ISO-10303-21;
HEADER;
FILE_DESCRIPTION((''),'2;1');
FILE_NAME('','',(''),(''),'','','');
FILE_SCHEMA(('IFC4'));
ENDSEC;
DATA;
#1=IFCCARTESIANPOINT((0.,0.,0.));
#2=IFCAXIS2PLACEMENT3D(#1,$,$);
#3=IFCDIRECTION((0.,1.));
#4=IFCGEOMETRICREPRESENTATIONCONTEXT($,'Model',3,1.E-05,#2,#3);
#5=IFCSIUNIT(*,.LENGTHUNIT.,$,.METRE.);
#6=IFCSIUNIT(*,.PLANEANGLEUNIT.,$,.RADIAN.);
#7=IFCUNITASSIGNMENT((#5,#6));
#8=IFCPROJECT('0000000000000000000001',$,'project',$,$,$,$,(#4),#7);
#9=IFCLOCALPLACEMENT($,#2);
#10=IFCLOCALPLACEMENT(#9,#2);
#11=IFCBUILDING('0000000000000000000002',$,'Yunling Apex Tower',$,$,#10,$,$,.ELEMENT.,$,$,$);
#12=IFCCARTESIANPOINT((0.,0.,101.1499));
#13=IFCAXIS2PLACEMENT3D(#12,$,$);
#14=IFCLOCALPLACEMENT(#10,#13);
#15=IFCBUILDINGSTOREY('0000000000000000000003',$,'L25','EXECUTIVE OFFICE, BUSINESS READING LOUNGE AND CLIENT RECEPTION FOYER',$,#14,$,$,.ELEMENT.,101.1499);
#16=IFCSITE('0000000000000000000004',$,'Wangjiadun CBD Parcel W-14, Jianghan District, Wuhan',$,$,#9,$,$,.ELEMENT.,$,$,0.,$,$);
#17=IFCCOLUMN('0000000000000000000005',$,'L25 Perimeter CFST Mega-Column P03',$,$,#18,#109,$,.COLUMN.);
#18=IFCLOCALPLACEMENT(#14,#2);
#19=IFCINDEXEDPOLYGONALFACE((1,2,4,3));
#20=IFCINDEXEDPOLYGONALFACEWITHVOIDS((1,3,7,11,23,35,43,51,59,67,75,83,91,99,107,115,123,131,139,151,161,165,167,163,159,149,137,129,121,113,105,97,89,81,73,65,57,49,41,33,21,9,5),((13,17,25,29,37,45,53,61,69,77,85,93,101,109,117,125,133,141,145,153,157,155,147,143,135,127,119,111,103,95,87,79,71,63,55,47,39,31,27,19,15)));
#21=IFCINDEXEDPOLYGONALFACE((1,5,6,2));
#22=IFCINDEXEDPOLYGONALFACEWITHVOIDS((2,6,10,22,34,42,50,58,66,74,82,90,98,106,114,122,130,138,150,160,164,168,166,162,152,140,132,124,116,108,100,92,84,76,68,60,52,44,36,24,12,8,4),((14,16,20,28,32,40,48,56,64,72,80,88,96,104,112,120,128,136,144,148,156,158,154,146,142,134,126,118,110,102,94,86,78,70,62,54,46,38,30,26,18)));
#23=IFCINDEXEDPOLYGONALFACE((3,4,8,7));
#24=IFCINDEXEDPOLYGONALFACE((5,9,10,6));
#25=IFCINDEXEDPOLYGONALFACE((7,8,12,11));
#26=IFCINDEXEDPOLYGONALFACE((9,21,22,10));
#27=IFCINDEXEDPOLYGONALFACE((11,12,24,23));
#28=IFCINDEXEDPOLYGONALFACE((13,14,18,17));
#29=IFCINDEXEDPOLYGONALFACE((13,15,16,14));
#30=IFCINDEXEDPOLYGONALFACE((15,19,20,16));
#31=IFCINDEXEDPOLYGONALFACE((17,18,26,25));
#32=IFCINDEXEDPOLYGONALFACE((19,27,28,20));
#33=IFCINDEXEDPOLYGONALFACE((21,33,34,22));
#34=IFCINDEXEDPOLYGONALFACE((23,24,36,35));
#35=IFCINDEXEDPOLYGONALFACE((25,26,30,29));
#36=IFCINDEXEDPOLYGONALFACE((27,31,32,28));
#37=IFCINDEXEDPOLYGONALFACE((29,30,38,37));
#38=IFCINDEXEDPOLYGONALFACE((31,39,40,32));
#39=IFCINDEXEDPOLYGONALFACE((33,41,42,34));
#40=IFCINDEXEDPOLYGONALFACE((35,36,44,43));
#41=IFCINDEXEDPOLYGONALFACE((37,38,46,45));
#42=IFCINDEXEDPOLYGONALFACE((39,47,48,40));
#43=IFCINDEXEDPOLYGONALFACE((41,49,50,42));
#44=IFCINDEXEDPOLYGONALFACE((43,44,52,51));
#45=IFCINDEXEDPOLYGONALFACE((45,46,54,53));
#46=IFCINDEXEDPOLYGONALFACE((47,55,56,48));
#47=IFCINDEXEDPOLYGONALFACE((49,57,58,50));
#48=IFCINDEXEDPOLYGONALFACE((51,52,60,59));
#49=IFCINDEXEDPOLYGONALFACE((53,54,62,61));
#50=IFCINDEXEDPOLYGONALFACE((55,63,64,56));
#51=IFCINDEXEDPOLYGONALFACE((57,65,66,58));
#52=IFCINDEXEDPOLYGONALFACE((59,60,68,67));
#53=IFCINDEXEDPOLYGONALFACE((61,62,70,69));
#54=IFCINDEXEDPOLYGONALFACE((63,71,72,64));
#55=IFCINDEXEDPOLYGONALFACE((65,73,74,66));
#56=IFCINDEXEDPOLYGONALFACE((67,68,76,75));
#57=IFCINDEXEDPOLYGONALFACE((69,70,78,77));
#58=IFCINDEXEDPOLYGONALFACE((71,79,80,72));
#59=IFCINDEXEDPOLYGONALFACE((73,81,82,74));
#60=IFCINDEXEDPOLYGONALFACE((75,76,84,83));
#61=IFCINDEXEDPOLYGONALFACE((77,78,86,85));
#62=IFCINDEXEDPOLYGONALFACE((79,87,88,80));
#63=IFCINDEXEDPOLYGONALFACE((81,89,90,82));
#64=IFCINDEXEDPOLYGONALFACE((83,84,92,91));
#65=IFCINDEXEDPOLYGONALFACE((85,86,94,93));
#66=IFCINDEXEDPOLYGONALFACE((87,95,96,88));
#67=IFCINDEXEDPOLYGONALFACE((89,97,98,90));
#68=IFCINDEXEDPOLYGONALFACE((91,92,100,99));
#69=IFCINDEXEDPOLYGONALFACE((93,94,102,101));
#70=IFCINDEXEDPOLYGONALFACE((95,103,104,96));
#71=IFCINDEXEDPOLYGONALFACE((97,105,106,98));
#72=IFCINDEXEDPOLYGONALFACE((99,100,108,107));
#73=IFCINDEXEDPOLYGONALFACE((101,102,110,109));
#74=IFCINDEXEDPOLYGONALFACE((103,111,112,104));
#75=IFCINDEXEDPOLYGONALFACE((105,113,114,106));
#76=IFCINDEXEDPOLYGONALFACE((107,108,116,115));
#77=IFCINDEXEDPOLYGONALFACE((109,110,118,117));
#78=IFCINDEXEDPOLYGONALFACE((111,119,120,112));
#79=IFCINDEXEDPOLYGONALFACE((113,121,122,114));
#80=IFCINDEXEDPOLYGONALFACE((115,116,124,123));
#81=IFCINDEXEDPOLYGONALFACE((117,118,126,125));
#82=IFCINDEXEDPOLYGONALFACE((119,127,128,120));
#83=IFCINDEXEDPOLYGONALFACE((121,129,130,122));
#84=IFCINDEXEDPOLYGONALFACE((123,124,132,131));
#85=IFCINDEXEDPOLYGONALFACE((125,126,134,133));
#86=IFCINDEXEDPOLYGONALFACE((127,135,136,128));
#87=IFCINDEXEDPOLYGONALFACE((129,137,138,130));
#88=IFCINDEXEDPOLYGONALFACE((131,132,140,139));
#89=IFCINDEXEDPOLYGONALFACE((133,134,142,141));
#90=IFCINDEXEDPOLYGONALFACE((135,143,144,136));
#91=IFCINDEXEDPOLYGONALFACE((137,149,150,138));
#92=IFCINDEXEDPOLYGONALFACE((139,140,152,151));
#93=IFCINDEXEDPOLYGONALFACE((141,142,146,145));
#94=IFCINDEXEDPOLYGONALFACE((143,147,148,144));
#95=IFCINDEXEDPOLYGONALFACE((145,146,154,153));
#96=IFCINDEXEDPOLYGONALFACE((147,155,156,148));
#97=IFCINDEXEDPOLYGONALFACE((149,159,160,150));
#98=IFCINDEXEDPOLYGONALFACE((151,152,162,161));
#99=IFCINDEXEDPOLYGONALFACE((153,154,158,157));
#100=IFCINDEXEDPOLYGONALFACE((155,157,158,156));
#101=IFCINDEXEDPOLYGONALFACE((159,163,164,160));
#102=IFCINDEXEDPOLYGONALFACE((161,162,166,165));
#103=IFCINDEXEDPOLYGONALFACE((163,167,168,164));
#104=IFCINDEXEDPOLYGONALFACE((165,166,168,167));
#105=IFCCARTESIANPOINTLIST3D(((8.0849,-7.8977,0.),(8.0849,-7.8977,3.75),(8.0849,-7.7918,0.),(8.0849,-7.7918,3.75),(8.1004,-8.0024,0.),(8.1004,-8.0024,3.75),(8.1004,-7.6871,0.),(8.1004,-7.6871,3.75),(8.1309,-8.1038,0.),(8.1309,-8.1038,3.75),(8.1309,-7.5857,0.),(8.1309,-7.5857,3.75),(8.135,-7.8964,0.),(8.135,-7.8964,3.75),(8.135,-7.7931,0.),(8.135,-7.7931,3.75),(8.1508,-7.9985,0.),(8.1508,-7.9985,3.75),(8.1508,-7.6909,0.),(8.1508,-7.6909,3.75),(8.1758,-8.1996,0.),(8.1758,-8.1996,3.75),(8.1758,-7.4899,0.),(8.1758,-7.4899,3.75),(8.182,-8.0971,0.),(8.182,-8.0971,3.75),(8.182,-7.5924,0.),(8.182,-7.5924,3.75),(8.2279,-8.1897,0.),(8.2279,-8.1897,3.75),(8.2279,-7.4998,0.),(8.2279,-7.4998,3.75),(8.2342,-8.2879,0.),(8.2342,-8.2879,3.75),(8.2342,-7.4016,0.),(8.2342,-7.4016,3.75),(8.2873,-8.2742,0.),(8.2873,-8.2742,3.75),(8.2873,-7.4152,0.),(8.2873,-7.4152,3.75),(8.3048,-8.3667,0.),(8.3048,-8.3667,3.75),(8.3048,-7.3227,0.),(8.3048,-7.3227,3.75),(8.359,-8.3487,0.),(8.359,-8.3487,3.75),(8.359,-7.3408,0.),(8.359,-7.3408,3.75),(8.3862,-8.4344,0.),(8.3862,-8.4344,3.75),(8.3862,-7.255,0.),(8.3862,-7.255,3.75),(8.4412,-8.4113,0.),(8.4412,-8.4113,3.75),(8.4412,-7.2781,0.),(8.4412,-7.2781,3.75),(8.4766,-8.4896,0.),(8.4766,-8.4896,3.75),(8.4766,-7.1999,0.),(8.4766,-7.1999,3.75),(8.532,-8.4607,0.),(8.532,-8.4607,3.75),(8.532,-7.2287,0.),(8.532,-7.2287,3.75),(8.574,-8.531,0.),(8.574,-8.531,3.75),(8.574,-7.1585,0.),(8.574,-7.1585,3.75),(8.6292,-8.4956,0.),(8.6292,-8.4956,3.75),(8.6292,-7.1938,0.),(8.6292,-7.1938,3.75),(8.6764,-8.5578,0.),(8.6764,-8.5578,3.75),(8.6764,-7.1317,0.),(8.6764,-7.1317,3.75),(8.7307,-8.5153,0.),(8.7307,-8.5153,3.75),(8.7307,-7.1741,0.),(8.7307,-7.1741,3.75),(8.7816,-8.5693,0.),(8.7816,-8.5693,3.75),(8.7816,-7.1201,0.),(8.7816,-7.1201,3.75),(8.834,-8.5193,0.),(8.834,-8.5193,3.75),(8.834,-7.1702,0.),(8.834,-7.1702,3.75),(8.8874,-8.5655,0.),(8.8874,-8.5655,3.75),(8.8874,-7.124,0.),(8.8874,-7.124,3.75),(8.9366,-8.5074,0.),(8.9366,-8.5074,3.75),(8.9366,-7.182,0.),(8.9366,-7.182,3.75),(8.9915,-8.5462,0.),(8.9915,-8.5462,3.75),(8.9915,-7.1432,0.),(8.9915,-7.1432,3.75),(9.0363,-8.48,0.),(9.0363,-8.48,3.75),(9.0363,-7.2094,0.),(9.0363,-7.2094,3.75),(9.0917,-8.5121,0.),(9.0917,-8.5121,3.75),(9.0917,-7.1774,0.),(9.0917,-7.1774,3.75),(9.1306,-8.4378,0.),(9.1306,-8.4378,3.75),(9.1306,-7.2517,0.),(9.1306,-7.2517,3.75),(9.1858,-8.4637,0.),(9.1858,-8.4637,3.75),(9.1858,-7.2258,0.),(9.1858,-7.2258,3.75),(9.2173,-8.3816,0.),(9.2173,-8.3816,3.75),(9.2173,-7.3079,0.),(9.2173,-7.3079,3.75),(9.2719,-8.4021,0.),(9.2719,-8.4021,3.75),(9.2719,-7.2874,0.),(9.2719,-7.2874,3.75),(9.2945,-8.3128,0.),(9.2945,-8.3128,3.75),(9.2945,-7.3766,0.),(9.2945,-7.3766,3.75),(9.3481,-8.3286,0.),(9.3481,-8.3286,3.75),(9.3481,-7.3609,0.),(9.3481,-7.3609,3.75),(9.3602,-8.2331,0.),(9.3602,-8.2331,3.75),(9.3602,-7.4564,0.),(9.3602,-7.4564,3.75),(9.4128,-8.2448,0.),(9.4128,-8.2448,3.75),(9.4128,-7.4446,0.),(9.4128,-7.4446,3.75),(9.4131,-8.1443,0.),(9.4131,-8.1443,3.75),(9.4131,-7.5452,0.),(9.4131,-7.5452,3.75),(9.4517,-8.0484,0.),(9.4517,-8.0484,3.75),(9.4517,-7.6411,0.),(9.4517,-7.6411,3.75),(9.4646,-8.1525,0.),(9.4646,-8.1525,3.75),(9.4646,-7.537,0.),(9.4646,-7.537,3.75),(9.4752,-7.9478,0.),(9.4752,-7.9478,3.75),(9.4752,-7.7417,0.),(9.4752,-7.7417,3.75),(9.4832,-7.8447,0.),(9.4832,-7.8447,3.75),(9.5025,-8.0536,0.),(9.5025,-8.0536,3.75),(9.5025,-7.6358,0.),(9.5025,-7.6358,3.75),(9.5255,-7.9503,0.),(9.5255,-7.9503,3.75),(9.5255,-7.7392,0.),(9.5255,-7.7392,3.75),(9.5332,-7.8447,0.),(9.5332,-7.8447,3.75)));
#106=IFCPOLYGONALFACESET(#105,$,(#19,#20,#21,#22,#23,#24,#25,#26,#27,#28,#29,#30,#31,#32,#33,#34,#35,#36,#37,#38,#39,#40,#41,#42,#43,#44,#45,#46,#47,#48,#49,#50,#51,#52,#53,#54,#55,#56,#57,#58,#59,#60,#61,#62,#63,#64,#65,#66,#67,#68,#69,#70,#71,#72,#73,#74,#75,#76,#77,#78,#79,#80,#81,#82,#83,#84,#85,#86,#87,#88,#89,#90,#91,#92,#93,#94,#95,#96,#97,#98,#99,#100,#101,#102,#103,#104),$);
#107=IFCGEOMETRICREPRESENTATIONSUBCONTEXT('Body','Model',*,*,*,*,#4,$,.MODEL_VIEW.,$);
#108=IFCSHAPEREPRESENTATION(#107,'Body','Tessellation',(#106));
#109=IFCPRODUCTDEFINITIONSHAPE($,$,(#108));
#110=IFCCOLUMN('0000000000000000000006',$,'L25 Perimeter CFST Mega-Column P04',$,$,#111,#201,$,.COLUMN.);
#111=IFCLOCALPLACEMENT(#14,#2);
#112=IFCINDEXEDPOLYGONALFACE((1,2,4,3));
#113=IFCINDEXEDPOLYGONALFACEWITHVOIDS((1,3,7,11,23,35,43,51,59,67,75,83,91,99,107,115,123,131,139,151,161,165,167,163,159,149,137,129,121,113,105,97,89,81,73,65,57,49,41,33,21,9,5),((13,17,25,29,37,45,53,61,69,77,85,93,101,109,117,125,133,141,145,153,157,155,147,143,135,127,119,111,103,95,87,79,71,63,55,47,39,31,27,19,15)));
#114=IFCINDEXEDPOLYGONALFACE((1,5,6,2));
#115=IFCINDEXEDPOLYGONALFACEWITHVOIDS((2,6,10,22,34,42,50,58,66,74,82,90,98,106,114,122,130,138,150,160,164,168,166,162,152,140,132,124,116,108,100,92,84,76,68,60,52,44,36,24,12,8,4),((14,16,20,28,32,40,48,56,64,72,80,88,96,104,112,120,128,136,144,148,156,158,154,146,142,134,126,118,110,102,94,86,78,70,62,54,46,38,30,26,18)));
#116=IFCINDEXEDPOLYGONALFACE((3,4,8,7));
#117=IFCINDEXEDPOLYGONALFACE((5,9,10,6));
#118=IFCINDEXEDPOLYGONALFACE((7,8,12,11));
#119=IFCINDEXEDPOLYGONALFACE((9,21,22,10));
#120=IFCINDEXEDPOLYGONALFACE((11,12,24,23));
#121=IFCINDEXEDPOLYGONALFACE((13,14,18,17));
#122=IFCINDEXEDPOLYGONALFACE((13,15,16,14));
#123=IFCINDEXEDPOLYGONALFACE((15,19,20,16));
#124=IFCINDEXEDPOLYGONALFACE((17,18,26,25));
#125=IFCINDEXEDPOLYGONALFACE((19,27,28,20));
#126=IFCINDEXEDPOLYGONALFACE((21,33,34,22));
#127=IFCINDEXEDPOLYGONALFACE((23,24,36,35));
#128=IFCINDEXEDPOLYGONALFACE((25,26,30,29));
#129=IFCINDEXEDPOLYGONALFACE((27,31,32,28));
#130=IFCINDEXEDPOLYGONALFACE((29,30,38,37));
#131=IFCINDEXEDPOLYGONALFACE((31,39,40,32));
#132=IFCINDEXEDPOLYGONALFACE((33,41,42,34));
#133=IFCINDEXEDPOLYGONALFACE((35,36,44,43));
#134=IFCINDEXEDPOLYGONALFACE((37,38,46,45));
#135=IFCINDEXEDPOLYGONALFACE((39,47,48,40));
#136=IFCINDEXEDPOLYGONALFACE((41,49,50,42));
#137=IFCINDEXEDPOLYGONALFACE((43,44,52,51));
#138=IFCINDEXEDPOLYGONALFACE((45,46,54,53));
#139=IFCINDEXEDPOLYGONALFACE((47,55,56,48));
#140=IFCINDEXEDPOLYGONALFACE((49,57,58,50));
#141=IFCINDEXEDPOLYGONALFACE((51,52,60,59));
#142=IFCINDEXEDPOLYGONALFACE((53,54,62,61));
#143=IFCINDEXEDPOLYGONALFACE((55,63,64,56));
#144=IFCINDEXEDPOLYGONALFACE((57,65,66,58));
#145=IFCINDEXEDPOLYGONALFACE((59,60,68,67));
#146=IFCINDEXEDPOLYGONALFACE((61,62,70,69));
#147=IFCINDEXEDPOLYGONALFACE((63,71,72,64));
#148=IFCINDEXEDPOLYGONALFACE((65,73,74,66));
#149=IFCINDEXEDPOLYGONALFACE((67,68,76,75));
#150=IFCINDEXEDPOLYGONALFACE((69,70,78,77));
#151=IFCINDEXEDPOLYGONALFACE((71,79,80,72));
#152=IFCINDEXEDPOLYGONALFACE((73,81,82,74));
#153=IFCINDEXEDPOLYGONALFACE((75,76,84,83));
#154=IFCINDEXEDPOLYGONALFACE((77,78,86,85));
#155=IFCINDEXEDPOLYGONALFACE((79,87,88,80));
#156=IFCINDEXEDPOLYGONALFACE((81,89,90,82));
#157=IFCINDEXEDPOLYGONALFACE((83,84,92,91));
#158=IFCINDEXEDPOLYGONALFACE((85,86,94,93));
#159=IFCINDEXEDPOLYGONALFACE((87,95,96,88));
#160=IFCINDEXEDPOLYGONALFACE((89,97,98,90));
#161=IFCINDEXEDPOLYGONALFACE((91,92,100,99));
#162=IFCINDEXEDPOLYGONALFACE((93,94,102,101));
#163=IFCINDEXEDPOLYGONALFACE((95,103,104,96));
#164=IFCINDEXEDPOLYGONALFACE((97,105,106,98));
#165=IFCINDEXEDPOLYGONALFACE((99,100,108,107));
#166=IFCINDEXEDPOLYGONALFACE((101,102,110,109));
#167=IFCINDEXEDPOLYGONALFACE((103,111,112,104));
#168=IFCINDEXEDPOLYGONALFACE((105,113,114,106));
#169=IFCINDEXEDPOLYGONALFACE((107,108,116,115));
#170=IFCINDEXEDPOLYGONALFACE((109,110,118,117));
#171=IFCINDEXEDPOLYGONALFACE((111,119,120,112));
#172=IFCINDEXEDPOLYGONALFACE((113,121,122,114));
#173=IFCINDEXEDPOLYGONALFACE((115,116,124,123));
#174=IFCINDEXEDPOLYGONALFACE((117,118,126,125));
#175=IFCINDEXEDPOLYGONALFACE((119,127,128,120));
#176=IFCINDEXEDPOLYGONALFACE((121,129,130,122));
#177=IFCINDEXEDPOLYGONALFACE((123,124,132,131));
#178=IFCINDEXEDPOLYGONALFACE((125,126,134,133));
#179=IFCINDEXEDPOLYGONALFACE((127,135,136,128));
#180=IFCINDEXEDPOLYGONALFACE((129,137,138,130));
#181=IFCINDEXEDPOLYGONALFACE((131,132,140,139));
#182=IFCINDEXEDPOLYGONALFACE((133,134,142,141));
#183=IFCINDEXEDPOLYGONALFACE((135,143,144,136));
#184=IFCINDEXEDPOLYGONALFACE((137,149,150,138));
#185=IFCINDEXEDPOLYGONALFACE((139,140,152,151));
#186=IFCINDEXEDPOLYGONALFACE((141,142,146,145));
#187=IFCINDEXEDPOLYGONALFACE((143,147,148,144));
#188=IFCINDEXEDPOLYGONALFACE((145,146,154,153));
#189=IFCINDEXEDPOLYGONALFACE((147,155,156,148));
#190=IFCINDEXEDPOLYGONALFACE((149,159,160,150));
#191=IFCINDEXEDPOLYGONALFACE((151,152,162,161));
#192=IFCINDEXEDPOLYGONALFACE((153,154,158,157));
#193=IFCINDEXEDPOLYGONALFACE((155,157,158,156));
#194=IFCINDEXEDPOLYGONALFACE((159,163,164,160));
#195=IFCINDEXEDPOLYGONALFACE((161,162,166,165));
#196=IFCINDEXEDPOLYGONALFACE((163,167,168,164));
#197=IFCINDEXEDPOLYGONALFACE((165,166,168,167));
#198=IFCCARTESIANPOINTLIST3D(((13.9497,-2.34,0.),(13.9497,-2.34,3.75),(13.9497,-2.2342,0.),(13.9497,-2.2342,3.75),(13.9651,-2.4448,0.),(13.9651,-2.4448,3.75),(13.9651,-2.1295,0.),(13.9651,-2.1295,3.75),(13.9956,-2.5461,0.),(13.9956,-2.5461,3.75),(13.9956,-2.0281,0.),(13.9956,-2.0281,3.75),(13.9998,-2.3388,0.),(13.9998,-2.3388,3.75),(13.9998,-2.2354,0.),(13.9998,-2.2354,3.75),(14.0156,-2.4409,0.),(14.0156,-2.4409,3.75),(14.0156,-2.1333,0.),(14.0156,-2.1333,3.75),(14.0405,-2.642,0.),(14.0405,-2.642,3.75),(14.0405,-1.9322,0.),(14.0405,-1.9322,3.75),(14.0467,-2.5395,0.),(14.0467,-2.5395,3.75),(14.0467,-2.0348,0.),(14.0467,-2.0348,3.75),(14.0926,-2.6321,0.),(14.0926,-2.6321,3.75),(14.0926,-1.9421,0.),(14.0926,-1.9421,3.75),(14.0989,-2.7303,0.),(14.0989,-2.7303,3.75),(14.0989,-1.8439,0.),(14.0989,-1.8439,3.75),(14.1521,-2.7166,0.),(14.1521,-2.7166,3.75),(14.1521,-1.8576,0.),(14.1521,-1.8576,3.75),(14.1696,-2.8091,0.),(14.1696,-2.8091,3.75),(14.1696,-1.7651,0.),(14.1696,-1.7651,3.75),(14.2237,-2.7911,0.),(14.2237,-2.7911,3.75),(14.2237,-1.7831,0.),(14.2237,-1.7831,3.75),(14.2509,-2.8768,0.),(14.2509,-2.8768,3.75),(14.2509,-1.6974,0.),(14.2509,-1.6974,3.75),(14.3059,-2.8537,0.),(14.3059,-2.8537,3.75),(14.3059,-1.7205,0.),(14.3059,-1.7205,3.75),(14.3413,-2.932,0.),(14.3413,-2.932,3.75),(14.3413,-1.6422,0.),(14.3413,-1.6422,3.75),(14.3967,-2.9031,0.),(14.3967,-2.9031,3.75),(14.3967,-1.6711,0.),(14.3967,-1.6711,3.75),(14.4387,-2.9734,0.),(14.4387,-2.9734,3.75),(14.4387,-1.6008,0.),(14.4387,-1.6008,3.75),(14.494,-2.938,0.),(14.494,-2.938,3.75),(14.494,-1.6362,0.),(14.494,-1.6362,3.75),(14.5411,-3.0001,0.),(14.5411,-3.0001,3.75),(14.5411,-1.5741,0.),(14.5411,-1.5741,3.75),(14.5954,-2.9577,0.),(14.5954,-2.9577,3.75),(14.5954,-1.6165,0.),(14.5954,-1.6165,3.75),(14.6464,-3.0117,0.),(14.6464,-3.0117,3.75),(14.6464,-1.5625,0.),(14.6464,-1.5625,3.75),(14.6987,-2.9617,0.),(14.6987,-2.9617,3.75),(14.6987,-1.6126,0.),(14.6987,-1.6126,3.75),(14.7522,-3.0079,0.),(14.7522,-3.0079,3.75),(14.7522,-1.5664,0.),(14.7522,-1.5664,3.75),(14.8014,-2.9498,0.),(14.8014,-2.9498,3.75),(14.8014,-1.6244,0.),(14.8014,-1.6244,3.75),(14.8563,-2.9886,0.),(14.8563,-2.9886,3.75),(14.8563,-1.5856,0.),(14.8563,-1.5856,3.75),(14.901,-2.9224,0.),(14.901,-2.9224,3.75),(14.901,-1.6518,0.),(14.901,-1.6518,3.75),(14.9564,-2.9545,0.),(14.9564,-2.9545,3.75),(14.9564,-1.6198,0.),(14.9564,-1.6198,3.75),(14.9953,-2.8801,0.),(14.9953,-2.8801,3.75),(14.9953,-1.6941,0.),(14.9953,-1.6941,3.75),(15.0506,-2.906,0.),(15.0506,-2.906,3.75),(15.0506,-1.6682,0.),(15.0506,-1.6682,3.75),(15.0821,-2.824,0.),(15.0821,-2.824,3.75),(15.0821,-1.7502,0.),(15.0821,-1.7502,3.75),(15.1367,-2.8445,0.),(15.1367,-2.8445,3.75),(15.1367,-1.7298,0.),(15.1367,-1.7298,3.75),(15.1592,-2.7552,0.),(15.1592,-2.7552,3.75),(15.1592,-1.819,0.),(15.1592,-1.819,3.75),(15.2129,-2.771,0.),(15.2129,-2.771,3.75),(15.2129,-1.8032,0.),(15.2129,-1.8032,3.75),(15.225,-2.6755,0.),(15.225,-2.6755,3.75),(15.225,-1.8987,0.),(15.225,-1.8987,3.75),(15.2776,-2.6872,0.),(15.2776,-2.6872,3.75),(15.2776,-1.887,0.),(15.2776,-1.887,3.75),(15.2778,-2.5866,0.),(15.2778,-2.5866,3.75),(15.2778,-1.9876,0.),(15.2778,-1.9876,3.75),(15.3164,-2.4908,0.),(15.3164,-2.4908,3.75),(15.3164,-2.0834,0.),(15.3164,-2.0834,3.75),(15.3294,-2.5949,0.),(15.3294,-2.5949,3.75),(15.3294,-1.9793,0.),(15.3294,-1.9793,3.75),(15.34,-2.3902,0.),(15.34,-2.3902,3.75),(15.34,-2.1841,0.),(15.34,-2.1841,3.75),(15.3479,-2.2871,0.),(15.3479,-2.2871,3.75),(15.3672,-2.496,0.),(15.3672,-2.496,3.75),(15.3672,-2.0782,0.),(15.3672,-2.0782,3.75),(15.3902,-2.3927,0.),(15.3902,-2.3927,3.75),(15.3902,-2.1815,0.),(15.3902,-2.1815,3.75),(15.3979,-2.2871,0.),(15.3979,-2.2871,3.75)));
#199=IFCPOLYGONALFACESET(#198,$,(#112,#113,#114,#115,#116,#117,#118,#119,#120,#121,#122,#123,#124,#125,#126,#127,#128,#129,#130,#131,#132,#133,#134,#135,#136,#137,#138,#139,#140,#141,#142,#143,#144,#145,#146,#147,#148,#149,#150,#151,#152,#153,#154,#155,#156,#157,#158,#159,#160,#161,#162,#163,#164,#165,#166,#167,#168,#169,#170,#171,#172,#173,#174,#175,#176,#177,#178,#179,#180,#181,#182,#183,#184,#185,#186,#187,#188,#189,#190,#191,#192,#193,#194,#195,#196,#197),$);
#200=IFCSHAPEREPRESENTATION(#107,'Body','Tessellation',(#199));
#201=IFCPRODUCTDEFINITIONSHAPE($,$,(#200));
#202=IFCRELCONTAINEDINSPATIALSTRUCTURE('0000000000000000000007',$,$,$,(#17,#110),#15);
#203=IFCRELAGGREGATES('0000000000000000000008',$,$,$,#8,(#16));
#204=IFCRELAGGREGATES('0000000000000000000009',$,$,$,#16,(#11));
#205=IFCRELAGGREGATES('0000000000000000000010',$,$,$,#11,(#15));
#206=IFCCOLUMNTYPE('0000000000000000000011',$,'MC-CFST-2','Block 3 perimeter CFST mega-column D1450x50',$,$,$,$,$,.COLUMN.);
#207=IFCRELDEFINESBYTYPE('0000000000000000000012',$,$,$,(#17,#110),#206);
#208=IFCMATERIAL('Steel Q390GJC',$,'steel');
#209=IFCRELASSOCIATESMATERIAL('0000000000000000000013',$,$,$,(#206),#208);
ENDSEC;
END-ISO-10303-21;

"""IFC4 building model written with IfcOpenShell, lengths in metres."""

from ifc_helpers import new_model, si_unit, direction, frame, origin, origin_2d, place, context, subcontext, project, spatial, hollow_circle, extrude, source, transform, mapped, material, material_profile, profile_set, type_object, element, save


model = new_model("IFC4")

# Units and contexts
model_context = context("Model", 3, precision=1e-05, world=origin(), true_north=direction((0.0, 1.0)))
body_context = subcontext(model_context, "Body", "Model", "MODEL_VIEW")
ifc_project = project(units=[si_unit("LENGTHUNIT", "METRE"), si_unit("PLANEANGLEUNIT", "RADIAN")], contexts=[model_context])

# Site, building, storey
site_placement = place(None, origin())
site = spatial("IfcSite", under=ifc_project, at=site_placement, Name="Wangjiadun CBD Parcel W-14, Jianghan District, Wuhan", CompositionType="ELEMENT", RefElevation=0.0)
building_placement = place(site_placement, origin())
building = spatial("IfcBuilding", under=site, at=building_placement, Name="Yunling Apex Tower", CompositionType="ELEMENT")
storey_placement = place(building_placement, frame((0.0, 0.0, 101.1499)))
storey = spatial("IfcBuildingStorey", under=building, at=storey_placement, Name="L25", Description="EXECUTIVE OFFICE, BUSINESS READING LOUNGE AND CLIENT RECEPTION FOYER", CompositionType="ELEMENT", Elevation=101.1499)

# Columns
ifc_material_1 = material(Name="Steel Q390GJC", Category="steel")
ifc_material_profile_1 = material_profile(ifc_material_1, hollow_circle(Radius=0.7251, WallThickness=0.05, at=origin_2d()))
ifc_profile_set_1 = profile_set([ifc_material_profile_1], Name="Steel Q390GJC")
column_type = type_object("IfcColumnType", Name="MC-CFST-2", Description="Block 3 perimeter CFST mega-column D1450x50", PredefinedType="COLUMN", material=ifc_profile_set_1)
shared_shape_1 = source(origin(), body_context, "Body", "SweptSolid", [
    extrude(hollow_circle(Radius=0.7251, WallThickness=0.05, at=origin_2d()), origin(), (0.0, 0.0, 1.0), 3.75),
])
for number, where, z_axis, x_axis, name in (
    (1, (8.8081, -7.8447, 0.0), (0.0, 0.0, 1.0), (1.0, 0.0, 0.0), "L25 Perimeter CFST Mega-Column P03"),
    (2, (14.6729, -2.2871, 0.0), (0.0, 0.0, 1.0), (1.0, 0.0, 0.0), "L25 Perimeter CFST Mega-Column P04"),
):
    element("IfcColumn", number, at=place(storey_placement, frame(where, z_axis=z_axis, x_axis=x_axis)), inside=storey, type_object=column_type, Name=name, PredefinedType="COLUMN", context=body_context, shape_type="MappedRepresentation", body=[
        mapped(shared_shape_1, transform((0.0, 0.0, 0.0), scale=1.0)),
    ])

save(model, "model.ifc")
